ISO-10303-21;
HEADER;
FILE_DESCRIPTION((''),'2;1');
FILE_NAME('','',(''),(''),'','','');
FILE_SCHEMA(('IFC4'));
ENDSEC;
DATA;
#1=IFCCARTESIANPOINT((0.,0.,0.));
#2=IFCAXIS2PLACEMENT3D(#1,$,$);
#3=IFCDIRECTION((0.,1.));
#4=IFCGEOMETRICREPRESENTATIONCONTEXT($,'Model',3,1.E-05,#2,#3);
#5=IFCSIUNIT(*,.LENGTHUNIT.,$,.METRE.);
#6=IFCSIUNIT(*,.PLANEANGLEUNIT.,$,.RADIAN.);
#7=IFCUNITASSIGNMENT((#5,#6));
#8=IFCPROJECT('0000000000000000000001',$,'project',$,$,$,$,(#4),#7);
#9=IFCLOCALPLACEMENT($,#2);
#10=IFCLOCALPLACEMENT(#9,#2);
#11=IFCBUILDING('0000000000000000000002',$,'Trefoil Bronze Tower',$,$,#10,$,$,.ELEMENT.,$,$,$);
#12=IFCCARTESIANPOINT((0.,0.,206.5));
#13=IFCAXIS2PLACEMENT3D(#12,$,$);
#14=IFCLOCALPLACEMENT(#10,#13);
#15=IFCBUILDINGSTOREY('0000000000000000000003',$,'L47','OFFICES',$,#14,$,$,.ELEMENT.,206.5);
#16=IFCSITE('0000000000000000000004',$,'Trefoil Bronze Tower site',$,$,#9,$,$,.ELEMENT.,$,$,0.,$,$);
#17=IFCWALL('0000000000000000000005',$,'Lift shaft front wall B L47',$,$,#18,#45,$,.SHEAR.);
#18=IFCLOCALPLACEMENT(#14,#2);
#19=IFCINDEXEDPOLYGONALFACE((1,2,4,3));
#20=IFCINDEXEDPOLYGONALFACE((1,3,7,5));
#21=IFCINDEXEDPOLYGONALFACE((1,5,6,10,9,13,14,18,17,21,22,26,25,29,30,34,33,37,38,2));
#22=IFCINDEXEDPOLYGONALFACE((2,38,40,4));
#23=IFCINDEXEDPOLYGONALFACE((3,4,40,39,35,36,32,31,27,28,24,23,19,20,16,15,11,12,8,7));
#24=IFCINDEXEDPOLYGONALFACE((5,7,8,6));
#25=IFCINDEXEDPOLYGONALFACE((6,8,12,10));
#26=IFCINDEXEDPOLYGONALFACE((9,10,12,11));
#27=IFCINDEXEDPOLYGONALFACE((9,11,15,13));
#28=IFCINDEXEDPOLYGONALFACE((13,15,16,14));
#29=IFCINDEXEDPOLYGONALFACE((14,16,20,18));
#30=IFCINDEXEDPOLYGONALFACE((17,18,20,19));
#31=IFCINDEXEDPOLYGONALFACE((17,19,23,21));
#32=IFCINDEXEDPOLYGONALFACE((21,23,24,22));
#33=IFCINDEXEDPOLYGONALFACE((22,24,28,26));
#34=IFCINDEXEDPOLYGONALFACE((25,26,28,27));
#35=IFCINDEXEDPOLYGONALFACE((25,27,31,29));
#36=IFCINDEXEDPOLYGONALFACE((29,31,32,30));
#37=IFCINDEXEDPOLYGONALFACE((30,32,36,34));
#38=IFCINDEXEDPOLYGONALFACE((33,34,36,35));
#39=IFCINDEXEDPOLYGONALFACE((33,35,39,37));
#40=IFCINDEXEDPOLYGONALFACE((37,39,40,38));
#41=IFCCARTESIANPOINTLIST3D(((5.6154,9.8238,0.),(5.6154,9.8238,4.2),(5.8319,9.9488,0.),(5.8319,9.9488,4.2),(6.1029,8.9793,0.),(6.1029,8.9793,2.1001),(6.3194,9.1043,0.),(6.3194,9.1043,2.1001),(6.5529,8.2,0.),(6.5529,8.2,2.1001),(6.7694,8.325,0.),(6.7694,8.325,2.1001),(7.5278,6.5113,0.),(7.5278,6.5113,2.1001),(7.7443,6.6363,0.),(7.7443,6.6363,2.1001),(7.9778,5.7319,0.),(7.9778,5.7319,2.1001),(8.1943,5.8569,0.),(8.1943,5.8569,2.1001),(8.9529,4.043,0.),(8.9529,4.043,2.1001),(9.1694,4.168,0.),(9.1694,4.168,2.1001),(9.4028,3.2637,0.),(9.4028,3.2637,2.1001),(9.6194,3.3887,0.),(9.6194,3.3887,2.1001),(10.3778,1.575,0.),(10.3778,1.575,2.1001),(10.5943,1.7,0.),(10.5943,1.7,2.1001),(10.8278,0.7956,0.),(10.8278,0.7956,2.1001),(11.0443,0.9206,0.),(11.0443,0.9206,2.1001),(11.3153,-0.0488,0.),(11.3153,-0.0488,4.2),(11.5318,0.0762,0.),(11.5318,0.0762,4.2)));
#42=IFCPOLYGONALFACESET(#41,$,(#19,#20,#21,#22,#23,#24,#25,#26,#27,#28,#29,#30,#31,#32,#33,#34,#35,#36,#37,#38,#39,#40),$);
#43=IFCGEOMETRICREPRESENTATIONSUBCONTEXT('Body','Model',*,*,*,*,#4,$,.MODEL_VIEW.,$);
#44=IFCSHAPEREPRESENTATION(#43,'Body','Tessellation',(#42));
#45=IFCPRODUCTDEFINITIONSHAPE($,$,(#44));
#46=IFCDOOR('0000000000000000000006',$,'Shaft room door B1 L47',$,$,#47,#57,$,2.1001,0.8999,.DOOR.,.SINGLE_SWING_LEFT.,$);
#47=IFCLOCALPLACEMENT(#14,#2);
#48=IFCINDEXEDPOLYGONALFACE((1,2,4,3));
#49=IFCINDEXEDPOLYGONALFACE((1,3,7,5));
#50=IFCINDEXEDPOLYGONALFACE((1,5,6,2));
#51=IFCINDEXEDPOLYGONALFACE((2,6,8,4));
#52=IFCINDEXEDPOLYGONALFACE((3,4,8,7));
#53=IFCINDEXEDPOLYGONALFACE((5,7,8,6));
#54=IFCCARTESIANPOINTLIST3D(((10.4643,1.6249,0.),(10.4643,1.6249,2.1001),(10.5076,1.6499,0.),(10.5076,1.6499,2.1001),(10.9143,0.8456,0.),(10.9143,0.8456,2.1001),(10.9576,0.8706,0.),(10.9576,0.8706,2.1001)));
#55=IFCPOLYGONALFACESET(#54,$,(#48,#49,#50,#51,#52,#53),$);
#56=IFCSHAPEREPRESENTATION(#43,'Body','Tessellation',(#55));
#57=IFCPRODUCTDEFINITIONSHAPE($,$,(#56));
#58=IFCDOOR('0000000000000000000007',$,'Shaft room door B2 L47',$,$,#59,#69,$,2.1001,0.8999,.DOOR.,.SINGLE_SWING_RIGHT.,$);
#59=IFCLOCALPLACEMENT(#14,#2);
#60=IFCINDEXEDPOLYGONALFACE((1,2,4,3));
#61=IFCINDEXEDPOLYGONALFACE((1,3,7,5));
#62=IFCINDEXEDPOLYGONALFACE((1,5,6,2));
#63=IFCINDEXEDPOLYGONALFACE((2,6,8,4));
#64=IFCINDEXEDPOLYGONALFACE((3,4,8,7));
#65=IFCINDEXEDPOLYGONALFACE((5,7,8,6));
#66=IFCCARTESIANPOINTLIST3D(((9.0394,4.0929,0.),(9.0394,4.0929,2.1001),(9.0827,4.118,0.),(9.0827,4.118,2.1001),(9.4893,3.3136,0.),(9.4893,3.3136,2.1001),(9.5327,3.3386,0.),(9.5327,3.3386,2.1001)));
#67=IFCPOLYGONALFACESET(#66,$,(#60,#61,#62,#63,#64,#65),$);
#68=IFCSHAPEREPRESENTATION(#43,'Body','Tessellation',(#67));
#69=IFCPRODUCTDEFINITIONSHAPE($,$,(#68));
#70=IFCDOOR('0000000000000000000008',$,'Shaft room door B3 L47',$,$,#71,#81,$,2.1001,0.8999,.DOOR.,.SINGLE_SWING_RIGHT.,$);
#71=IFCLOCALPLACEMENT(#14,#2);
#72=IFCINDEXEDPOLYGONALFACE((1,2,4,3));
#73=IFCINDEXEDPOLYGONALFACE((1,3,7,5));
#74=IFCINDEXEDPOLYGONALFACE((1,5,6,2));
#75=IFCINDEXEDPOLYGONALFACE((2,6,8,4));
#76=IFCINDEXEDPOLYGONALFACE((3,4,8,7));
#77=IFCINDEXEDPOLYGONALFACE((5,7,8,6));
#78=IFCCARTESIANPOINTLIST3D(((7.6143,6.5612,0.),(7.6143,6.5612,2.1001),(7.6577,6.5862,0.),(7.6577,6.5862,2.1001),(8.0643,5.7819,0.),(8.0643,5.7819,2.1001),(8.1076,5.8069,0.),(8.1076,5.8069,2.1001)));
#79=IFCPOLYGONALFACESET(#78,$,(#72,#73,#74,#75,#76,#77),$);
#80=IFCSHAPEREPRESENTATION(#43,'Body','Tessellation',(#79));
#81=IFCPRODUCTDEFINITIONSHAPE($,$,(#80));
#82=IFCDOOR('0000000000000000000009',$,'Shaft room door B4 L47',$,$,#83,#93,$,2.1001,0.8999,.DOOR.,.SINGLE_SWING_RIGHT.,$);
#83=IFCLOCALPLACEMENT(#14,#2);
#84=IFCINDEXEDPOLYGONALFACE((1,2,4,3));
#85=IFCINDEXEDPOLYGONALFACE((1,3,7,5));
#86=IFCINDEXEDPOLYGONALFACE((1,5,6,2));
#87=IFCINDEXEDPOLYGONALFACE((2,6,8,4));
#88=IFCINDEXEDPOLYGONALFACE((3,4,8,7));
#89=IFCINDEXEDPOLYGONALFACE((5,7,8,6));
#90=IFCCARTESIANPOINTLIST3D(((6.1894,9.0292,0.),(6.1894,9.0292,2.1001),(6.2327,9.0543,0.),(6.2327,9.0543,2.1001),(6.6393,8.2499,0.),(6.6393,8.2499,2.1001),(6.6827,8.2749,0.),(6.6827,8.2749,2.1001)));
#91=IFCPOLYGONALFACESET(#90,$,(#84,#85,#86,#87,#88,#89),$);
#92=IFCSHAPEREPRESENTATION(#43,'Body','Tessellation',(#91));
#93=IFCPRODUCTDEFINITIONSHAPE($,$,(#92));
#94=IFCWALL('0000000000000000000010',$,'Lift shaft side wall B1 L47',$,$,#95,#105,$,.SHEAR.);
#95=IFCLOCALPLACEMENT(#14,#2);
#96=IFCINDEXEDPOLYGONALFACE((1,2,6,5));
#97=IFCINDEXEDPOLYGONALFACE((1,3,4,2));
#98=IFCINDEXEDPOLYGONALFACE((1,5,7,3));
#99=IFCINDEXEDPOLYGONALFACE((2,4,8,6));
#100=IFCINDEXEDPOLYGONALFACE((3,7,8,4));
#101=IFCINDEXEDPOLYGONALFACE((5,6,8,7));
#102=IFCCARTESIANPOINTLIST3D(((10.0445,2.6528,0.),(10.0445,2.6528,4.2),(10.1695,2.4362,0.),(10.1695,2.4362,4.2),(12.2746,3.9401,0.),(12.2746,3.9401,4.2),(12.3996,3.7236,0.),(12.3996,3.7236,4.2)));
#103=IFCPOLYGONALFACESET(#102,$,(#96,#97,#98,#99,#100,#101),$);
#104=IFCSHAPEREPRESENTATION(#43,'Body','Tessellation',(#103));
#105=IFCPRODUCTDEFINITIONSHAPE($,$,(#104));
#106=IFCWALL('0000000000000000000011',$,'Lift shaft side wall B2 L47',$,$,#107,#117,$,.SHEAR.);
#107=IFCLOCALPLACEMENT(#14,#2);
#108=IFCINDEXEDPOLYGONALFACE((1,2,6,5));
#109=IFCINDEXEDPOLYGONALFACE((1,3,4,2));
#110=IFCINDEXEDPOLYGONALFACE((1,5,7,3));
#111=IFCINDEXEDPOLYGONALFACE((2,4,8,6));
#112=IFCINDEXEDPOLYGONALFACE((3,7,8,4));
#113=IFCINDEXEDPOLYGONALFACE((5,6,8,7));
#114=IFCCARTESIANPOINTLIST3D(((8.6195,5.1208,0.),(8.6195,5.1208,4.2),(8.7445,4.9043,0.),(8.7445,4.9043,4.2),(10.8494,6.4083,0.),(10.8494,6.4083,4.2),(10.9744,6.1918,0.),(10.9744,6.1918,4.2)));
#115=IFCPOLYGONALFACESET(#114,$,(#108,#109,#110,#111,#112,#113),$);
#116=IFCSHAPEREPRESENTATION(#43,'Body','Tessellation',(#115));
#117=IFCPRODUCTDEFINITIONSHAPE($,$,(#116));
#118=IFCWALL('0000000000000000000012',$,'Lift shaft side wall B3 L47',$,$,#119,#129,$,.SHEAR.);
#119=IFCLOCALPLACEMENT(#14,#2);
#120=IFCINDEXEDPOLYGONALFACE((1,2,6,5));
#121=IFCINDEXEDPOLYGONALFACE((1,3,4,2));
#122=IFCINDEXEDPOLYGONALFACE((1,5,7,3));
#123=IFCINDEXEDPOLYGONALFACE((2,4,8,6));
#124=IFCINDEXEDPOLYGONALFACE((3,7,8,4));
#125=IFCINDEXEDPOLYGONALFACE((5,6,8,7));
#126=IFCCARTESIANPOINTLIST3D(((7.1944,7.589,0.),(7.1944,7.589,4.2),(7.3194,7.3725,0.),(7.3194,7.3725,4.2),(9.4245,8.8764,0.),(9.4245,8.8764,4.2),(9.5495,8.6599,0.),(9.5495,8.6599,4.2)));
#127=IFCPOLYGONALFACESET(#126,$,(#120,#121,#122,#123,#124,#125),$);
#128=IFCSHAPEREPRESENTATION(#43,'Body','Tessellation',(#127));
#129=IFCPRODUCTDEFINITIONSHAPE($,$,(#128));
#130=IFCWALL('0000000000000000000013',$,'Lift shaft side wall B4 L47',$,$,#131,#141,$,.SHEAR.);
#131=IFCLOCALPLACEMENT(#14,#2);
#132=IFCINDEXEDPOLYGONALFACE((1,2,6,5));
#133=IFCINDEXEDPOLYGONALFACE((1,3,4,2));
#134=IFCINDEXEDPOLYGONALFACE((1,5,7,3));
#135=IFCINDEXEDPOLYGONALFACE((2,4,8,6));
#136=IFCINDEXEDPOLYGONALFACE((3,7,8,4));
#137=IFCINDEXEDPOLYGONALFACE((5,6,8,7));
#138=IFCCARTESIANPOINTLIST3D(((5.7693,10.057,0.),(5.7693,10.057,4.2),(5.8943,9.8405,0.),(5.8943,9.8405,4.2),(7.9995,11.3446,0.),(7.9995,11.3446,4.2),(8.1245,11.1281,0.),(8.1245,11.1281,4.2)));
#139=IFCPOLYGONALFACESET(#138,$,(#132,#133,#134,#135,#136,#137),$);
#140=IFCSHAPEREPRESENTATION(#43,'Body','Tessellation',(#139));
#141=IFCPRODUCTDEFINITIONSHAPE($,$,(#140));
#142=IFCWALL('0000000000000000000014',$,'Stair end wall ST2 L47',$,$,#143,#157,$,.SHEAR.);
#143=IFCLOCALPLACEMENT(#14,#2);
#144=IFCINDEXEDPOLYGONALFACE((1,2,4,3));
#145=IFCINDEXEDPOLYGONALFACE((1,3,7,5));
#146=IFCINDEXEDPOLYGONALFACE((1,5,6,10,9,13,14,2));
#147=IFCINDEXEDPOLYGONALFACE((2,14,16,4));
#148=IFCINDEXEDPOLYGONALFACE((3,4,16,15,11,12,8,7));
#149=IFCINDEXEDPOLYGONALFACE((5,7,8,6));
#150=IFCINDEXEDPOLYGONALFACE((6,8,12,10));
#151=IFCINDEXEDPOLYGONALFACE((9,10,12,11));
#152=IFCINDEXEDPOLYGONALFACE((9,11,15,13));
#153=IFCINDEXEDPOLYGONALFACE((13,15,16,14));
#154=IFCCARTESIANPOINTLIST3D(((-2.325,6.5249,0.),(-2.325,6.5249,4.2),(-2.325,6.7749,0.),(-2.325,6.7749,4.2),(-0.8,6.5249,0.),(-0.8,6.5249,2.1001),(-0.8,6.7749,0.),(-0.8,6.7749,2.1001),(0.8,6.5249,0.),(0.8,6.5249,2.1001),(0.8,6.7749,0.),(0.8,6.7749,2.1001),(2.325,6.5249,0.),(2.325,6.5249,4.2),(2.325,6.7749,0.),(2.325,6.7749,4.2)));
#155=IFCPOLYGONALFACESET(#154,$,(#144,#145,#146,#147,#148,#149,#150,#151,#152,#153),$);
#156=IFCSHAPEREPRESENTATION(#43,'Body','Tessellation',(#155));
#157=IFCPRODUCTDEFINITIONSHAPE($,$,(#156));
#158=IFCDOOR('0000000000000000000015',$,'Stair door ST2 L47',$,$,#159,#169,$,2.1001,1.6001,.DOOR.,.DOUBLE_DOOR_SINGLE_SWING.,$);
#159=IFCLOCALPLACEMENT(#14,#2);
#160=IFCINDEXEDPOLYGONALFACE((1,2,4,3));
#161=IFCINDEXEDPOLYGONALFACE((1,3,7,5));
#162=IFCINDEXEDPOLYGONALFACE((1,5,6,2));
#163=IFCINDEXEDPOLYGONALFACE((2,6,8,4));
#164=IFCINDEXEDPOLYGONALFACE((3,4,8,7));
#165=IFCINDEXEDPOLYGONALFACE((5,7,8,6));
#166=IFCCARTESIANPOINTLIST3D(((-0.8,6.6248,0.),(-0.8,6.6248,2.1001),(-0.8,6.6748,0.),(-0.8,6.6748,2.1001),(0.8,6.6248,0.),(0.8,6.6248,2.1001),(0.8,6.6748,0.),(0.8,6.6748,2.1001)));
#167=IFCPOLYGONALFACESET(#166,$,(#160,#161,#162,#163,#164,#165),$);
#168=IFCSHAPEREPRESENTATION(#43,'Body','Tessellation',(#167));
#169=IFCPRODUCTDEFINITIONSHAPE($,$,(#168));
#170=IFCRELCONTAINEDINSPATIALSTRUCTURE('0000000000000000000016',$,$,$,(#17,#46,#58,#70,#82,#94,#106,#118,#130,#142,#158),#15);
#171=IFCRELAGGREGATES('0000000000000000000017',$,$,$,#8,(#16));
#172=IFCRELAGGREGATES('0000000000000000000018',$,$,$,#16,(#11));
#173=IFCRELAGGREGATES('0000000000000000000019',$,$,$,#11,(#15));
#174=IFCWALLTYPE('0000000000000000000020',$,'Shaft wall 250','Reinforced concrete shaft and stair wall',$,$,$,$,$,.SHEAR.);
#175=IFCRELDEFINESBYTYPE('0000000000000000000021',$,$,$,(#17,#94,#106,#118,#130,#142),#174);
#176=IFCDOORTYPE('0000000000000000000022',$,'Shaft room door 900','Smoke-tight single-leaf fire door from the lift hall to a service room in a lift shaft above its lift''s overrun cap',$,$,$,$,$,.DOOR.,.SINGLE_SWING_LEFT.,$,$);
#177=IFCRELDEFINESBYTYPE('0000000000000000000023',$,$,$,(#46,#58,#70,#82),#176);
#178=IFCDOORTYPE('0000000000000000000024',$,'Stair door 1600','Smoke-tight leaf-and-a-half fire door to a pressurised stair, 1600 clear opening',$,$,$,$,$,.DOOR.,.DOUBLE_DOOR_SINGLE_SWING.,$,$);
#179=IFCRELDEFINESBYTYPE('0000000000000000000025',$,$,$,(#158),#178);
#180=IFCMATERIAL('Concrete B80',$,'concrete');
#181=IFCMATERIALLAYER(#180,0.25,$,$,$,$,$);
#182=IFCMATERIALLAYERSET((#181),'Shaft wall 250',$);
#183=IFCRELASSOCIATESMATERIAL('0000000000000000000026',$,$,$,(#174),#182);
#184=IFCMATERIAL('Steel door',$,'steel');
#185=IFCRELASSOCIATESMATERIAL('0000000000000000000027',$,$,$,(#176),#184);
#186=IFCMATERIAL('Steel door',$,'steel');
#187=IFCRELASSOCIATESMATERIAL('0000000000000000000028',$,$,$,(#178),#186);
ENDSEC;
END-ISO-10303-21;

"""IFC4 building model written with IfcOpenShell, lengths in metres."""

from ifc_helpers import new_model, si_unit, direction, frame, frame_2d, origin, place, context, subcontext, project, spatial, rectangle, extrude, material, layer, layer_set, type_object, element, fill, save


model = new_model("IFC4")

# Units and contexts
model_context = context("Model", 3, precision=1e-05, world=origin(), true_north=direction((0.0, 1.0)))
body_context = subcontext(model_context, "Body", "Model", "MODEL_VIEW")
ifc_project = project(units=[si_unit("LENGTHUNIT", "METRE"), si_unit("PLANEANGLEUNIT", "RADIAN")], contexts=[model_context])

# Site, building, storey
site_placement = place(None, origin())
site = spatial("IfcSite", under=ifc_project, at=site_placement, Name="Trefoil Bronze Tower site", CompositionType="ELEMENT", RefElevation=0.0)
building_placement = place(site_placement, origin())
building = spatial("IfcBuilding", under=site, at=building_placement, Name="Trefoil Bronze Tower", CompositionType="ELEMENT")
storey_placement = place(building_placement, frame((0.0, 0.0, 206.5)))
storey = spatial("IfcBuildingStorey", under=building, at=storey_placement, Name="L47", Description="OFFICES", CompositionType="ELEMENT", Elevation=206.5)

# Wall, openings, doors
ifc_material_1 = material(Name="Concrete B80", Category="concrete")
ifc_layer_1 = layer(ifc_material_1, 0.25)
ifc_layer_set_1 = layer_set([ifc_layer_1], Name="Shaft wall 250")
wall_type_1 = type_object("IfcWallType", Name="Shaft wall 250", Description="Reinforced concrete shaft and stair wall", PredefinedType="SHEAR", material=ifc_layer_set_1)
wall_1_placement = place(storey_placement, frame((11.4236, 0.0137, 0.0), z_axis=(0.0, 0.0, 1.0), x_axis=(-0.500002, 0.866024, 0.0)))
wall_1 = element("IfcWall", 1, at=wall_1_placement, inside=storey, type_object=wall_type_1, Name="Lift shaft front wall B L47", PredefinedType="SHEAR", context=body_context, shape_type="SweptSolid", body=[
    extrude(rectangle(XDim=11.3999, YDim=0.25, at=frame_2d((5.7, 0.0))), origin(), (0.0, 0.0, 1.0), 4.2),
])
opening_1_placement = place(wall_1_placement, frame((0.9751, 0.0, 0.0)))
opening_1 = element("IfcOpeningElement", 2, at=opening_1_placement, cuts=wall_1, PredefinedType="OPENING", context=body_context, shape_type="SweptSolid", body=[
    extrude(rectangle(XDim=0.8999, YDim=2.1001, at=frame_2d((0.45, 1.05))), frame((0.0, 0.135, 0.0), z_axis=(0.0, -1.0, 0.0), x_axis=(1.0, 0.0, 0.0)), (0.0, 0.0, 1.0), 0.27),
])
opening_2_placement = place(wall_1_placement, frame((3.825, 0.0, 0.0)))
opening_2 = element("IfcOpeningElement", 3, at=opening_2_placement, cuts=wall_1, PredefinedType="OPENING", context=body_context, shape_type="SweptSolid", body=[
    extrude(rectangle(XDim=0.8999, YDim=2.1001, at=frame_2d((0.45, 1.05))), frame((0.0, 0.135, 0.0), z_axis=(0.0, -1.0, 0.0), x_axis=(1.0, 0.0, 0.0)), (0.0, 0.0, 1.0), 0.27),
])
opening_3_placement = place(wall_1_placement, frame((6.675, 0.0, 0.0)))
opening_3 = element("IfcOpeningElement", 4, at=opening_3_placement, cuts=wall_1, PredefinedType="OPENING", context=body_context, shape_type="SweptSolid", body=[
    extrude(rectangle(XDim=0.8999, YDim=2.1001, at=frame_2d((0.45, 1.05))), frame((0.0, 0.135, 0.0), z_axis=(0.0, -1.0, 0.0), x_axis=(1.0, 0.0, 0.0)), (0.0, 0.0, 1.0), 0.27),
])
opening_4_placement = place(wall_1_placement, frame((9.5249, 0.0, 0.0)))
opening_4 = element("IfcOpeningElement", 5, at=opening_4_placement, cuts=wall_1, PredefinedType="OPENING", context=body_context, shape_type="SweptSolid", body=[
    extrude(rectangle(XDim=0.8999, YDim=2.1001, at=frame_2d((0.45, 1.05))), frame((0.0, 0.135, 0.0), z_axis=(0.0, -1.0, 0.0), x_axis=(1.0, 0.0, 0.0)), (0.0, 0.0, 1.0), 0.27),
])
ifc_material_2 = material(Name="Steel door", Category="steel")
door_type_1 = type_object("IfcDoorType", Name="Shaft room door 900", Description="Smoke-tight single-leaf fire door from the lift hall to a service room in a lift shaft above its lift's overrun cap", OperationType="SINGLE_SWING_LEFT", PredefinedType="DOOR", material=ifc_material_2)
door_1_placement = place(opening_1_placement, frame((0.8999, 0.0, 0.0), z_axis=(0.0, 0.0, 1.0), x_axis=(-1.0, 0.0, 0.0)))
door_1 = element("IfcDoor", 6, at=door_1_placement, inside=storey, type_object=door_type_1, Name="Shaft room door B1 L47", OperationType="SINGLE_SWING_LEFT", OverallHeight=2.1001, OverallWidth=0.8999, PredefinedType="DOOR", context=body_context, shape_type="SweptSolid", body=[
    extrude(rectangle(XDim=0.8999, YDim=2.1001, at=frame_2d((0.45, 1.05))), frame((0.0, 0.0249, 0.0), z_axis=(0.0, -1.0, 0.0), x_axis=(1.0, 0.0, 0.0)), (0.0, 0.0, 1.0), 0.05),
])
fill(opening_1, door_1)
door_2_placement = place(opening_2_placement, frame((0.8999, 0.0, 0.0), z_axis=(0.0, 0.0, 1.0), x_axis=(-1.0, 0.0, 0.0)))
door_2 = element("IfcDoor", 7, at=door_2_placement, inside=storey, type_object=door_type_1, Name="Shaft room door B2 L47", OperationType="SINGLE_SWING_RIGHT", OverallHeight=2.1001, OverallWidth=0.8999, PredefinedType="DOOR", context=body_context, shape_type="SweptSolid", body=[
    extrude(rectangle(XDim=0.8999, YDim=2.1001, at=frame_2d((0.45, 1.05))), frame((0.0, 0.0249, 0.0), z_axis=(0.0, -1.0, 0.0), x_axis=(1.0, 0.0, 0.0)), (0.0, 0.0, 1.0), 0.05),
])
fill(opening_2, door_2)
door_3_placement = place(opening_3_placement, frame((0.8999, 0.0, 0.0), z_axis=(0.0, 0.0, 1.0), x_axis=(-1.0, 0.0, 0.0)))
door_3 = element("IfcDoor", 8, at=door_3_placement, inside=storey, type_object=door_type_1, Name="Shaft room door B3 L47", OperationType="SINGLE_SWING_RIGHT", OverallHeight=2.1001, OverallWidth=0.8999, PredefinedType="DOOR", context=body_context, shape_type="SweptSolid", body=[
    extrude(rectangle(XDim=0.8999, YDim=2.1001, at=frame_2d((0.45, 1.05))), frame((0.0, 0.0249, 0.0), z_axis=(0.0, -1.0, 0.0), x_axis=(1.0, 0.0, 0.0)), (0.0, 0.0, 1.0), 0.05),
])
fill(opening_3, door_3)
door_4_placement = place(opening_4_placement, frame((0.8999, 0.0, 0.0), z_axis=(0.0, 0.0, 1.0), x_axis=(-1.0, 0.0, 0.0)))
door_4 = element("IfcDoor", 9, at=door_4_placement, inside=storey, type_object=door_type_1, Name="Shaft room door B4 L47", OperationType="SINGLE_SWING_RIGHT", OverallHeight=2.1001, OverallWidth=0.8999, PredefinedType="DOOR", context=body_context, shape_type="SweptSolid", body=[
    extrude(rectangle(XDim=0.8999, YDim=2.1001, at=frame_2d((0.45, 1.05))), frame((0.0, 0.0249, 0.0), z_axis=(0.0, -1.0, 0.0), x_axis=(1.0, 0.0, 0.0)), (0.0, 0.0, 1.0), 0.05),
])
fill(opening_4, door_4)

# Walls
for number, where, z_axis, x_axis, name in (
    (10, (10.1069, 2.5444, 0.0), (0.0, 0.0, 1.0), (0.866047, 0.499963, 0.0), "Lift shaft side wall B1 L47"),
    (11, (8.6819, 5.0125, 0.0), (0.0, 0.0, 1.0), (0.866006, 0.500034, 0.0), "Lift shaft side wall B2 L47"),
    (12, (7.2568, 7.4807, 0.0), (0.0, 0.0, 1.0), (0.866047, 0.499963, 0.0), "Lift shaft side wall B3 L47"),
):
    element("IfcWall", number, at=place(storey_placement, frame(where, z_axis=z_axis, x_axis=x_axis)), inside=storey, type_object=wall_type_1, Name=name, PredefinedType="SHEAR", context=body_context, shape_type="SweptSolid", body=[
        extrude(rectangle(XDim=2.575, YDim=0.25, at=frame_2d((1.2876, 0.0))), origin(), (0.0, 0.0, 1.0), 4.2),
    ])
wall_2_placement = place(storey_placement, frame((5.8318, 9.9487, 0.0), z_axis=(0.0, 0.0, 1.0), x_axis=(0.866029, 0.499993, 0.0)))
element("IfcWall", 13, at=wall_2_placement, inside=storey, type_object=wall_type_1, Name="Lift shaft side wall B4 L47", PredefinedType="SHEAR", context=body_context, shape_type="SweptSolid", body=[
    extrude(rectangle(XDim=2.5752, YDim=0.25, at=frame_2d((1.2876, 0.0))), origin(), (0.0, 0.0, 1.0), 4.2),
])

# Wall, opening, door
wall_3_placement = place(storey_placement, frame((2.325, 6.6499, 0.0), z_axis=(0.0, 0.0, 1.0), x_axis=(-1.0, 0.0, 0.0)))
wall_3 = element("IfcWall", 14, at=wall_3_placement, inside=storey, type_object=wall_type_1, Name="Stair end wall ST2 L47", PredefinedType="SHEAR", context=body_context, shape_type="SweptSolid", body=[
    extrude(rectangle(XDim=4.6499, YDim=0.25, at=frame_2d((2.325, 0.0))), origin(), (0.0, 0.0, 1.0), 4.2),
])
opening_5_placement = place(wall_3_placement, frame((1.5249, 0.0, 0.0)))
opening_5 = element("IfcOpeningElement", 15, at=opening_5_placement, cuts=wall_3, PredefinedType="OPENING", context=body_context, shape_type="SweptSolid", body=[
    extrude(rectangle(XDim=1.6001, YDim=2.1001, at=frame_2d((0.8, 1.05))), frame((0.0, 0.135, 0.0), z_axis=(0.0, -1.0, 0.0), x_axis=(1.0, 0.0, 0.0)), (0.0, 0.0, 1.0), 0.27),
])
ifc_material_3 = material(Name="Steel door", Category="steel")
door_type_2 = type_object("IfcDoorType", Name="Stair door 1600", Description="Smoke-tight leaf-and-a-half fire door to a pressurised stair, 1600 clear opening", OperationType="DOUBLE_DOOR_SINGLE_SWING", PredefinedType="DOOR", material=ifc_material_3)
door_5_placement = place(opening_5_placement, frame((1.6001, 0.0, 0.0), z_axis=(0.0, 0.0, 1.0), x_axis=(-1.0, 0.0, 0.0)))
door_5 = element("IfcDoor", 16, at=door_5_placement, inside=storey, type_object=door_type_2, Name="Stair door ST2 L47", OperationType="DOUBLE_DOOR_SINGLE_SWING", OverallHeight=2.1001, OverallWidth=1.6001, PredefinedType="DOOR", context=body_context, shape_type="SweptSolid", body=[
    extrude(rectangle(XDim=1.6001, YDim=2.1001, at=frame_2d((0.8, 1.05))), frame((0.0, 0.0249, 0.0), z_axis=(0.0, -1.0, 0.0), x_axis=(1.0, 0.0, 0.0)), (0.0, 0.0, 1.0), 0.05),
])
fill(opening_5, door_5)

save(model, "model.ifc")
